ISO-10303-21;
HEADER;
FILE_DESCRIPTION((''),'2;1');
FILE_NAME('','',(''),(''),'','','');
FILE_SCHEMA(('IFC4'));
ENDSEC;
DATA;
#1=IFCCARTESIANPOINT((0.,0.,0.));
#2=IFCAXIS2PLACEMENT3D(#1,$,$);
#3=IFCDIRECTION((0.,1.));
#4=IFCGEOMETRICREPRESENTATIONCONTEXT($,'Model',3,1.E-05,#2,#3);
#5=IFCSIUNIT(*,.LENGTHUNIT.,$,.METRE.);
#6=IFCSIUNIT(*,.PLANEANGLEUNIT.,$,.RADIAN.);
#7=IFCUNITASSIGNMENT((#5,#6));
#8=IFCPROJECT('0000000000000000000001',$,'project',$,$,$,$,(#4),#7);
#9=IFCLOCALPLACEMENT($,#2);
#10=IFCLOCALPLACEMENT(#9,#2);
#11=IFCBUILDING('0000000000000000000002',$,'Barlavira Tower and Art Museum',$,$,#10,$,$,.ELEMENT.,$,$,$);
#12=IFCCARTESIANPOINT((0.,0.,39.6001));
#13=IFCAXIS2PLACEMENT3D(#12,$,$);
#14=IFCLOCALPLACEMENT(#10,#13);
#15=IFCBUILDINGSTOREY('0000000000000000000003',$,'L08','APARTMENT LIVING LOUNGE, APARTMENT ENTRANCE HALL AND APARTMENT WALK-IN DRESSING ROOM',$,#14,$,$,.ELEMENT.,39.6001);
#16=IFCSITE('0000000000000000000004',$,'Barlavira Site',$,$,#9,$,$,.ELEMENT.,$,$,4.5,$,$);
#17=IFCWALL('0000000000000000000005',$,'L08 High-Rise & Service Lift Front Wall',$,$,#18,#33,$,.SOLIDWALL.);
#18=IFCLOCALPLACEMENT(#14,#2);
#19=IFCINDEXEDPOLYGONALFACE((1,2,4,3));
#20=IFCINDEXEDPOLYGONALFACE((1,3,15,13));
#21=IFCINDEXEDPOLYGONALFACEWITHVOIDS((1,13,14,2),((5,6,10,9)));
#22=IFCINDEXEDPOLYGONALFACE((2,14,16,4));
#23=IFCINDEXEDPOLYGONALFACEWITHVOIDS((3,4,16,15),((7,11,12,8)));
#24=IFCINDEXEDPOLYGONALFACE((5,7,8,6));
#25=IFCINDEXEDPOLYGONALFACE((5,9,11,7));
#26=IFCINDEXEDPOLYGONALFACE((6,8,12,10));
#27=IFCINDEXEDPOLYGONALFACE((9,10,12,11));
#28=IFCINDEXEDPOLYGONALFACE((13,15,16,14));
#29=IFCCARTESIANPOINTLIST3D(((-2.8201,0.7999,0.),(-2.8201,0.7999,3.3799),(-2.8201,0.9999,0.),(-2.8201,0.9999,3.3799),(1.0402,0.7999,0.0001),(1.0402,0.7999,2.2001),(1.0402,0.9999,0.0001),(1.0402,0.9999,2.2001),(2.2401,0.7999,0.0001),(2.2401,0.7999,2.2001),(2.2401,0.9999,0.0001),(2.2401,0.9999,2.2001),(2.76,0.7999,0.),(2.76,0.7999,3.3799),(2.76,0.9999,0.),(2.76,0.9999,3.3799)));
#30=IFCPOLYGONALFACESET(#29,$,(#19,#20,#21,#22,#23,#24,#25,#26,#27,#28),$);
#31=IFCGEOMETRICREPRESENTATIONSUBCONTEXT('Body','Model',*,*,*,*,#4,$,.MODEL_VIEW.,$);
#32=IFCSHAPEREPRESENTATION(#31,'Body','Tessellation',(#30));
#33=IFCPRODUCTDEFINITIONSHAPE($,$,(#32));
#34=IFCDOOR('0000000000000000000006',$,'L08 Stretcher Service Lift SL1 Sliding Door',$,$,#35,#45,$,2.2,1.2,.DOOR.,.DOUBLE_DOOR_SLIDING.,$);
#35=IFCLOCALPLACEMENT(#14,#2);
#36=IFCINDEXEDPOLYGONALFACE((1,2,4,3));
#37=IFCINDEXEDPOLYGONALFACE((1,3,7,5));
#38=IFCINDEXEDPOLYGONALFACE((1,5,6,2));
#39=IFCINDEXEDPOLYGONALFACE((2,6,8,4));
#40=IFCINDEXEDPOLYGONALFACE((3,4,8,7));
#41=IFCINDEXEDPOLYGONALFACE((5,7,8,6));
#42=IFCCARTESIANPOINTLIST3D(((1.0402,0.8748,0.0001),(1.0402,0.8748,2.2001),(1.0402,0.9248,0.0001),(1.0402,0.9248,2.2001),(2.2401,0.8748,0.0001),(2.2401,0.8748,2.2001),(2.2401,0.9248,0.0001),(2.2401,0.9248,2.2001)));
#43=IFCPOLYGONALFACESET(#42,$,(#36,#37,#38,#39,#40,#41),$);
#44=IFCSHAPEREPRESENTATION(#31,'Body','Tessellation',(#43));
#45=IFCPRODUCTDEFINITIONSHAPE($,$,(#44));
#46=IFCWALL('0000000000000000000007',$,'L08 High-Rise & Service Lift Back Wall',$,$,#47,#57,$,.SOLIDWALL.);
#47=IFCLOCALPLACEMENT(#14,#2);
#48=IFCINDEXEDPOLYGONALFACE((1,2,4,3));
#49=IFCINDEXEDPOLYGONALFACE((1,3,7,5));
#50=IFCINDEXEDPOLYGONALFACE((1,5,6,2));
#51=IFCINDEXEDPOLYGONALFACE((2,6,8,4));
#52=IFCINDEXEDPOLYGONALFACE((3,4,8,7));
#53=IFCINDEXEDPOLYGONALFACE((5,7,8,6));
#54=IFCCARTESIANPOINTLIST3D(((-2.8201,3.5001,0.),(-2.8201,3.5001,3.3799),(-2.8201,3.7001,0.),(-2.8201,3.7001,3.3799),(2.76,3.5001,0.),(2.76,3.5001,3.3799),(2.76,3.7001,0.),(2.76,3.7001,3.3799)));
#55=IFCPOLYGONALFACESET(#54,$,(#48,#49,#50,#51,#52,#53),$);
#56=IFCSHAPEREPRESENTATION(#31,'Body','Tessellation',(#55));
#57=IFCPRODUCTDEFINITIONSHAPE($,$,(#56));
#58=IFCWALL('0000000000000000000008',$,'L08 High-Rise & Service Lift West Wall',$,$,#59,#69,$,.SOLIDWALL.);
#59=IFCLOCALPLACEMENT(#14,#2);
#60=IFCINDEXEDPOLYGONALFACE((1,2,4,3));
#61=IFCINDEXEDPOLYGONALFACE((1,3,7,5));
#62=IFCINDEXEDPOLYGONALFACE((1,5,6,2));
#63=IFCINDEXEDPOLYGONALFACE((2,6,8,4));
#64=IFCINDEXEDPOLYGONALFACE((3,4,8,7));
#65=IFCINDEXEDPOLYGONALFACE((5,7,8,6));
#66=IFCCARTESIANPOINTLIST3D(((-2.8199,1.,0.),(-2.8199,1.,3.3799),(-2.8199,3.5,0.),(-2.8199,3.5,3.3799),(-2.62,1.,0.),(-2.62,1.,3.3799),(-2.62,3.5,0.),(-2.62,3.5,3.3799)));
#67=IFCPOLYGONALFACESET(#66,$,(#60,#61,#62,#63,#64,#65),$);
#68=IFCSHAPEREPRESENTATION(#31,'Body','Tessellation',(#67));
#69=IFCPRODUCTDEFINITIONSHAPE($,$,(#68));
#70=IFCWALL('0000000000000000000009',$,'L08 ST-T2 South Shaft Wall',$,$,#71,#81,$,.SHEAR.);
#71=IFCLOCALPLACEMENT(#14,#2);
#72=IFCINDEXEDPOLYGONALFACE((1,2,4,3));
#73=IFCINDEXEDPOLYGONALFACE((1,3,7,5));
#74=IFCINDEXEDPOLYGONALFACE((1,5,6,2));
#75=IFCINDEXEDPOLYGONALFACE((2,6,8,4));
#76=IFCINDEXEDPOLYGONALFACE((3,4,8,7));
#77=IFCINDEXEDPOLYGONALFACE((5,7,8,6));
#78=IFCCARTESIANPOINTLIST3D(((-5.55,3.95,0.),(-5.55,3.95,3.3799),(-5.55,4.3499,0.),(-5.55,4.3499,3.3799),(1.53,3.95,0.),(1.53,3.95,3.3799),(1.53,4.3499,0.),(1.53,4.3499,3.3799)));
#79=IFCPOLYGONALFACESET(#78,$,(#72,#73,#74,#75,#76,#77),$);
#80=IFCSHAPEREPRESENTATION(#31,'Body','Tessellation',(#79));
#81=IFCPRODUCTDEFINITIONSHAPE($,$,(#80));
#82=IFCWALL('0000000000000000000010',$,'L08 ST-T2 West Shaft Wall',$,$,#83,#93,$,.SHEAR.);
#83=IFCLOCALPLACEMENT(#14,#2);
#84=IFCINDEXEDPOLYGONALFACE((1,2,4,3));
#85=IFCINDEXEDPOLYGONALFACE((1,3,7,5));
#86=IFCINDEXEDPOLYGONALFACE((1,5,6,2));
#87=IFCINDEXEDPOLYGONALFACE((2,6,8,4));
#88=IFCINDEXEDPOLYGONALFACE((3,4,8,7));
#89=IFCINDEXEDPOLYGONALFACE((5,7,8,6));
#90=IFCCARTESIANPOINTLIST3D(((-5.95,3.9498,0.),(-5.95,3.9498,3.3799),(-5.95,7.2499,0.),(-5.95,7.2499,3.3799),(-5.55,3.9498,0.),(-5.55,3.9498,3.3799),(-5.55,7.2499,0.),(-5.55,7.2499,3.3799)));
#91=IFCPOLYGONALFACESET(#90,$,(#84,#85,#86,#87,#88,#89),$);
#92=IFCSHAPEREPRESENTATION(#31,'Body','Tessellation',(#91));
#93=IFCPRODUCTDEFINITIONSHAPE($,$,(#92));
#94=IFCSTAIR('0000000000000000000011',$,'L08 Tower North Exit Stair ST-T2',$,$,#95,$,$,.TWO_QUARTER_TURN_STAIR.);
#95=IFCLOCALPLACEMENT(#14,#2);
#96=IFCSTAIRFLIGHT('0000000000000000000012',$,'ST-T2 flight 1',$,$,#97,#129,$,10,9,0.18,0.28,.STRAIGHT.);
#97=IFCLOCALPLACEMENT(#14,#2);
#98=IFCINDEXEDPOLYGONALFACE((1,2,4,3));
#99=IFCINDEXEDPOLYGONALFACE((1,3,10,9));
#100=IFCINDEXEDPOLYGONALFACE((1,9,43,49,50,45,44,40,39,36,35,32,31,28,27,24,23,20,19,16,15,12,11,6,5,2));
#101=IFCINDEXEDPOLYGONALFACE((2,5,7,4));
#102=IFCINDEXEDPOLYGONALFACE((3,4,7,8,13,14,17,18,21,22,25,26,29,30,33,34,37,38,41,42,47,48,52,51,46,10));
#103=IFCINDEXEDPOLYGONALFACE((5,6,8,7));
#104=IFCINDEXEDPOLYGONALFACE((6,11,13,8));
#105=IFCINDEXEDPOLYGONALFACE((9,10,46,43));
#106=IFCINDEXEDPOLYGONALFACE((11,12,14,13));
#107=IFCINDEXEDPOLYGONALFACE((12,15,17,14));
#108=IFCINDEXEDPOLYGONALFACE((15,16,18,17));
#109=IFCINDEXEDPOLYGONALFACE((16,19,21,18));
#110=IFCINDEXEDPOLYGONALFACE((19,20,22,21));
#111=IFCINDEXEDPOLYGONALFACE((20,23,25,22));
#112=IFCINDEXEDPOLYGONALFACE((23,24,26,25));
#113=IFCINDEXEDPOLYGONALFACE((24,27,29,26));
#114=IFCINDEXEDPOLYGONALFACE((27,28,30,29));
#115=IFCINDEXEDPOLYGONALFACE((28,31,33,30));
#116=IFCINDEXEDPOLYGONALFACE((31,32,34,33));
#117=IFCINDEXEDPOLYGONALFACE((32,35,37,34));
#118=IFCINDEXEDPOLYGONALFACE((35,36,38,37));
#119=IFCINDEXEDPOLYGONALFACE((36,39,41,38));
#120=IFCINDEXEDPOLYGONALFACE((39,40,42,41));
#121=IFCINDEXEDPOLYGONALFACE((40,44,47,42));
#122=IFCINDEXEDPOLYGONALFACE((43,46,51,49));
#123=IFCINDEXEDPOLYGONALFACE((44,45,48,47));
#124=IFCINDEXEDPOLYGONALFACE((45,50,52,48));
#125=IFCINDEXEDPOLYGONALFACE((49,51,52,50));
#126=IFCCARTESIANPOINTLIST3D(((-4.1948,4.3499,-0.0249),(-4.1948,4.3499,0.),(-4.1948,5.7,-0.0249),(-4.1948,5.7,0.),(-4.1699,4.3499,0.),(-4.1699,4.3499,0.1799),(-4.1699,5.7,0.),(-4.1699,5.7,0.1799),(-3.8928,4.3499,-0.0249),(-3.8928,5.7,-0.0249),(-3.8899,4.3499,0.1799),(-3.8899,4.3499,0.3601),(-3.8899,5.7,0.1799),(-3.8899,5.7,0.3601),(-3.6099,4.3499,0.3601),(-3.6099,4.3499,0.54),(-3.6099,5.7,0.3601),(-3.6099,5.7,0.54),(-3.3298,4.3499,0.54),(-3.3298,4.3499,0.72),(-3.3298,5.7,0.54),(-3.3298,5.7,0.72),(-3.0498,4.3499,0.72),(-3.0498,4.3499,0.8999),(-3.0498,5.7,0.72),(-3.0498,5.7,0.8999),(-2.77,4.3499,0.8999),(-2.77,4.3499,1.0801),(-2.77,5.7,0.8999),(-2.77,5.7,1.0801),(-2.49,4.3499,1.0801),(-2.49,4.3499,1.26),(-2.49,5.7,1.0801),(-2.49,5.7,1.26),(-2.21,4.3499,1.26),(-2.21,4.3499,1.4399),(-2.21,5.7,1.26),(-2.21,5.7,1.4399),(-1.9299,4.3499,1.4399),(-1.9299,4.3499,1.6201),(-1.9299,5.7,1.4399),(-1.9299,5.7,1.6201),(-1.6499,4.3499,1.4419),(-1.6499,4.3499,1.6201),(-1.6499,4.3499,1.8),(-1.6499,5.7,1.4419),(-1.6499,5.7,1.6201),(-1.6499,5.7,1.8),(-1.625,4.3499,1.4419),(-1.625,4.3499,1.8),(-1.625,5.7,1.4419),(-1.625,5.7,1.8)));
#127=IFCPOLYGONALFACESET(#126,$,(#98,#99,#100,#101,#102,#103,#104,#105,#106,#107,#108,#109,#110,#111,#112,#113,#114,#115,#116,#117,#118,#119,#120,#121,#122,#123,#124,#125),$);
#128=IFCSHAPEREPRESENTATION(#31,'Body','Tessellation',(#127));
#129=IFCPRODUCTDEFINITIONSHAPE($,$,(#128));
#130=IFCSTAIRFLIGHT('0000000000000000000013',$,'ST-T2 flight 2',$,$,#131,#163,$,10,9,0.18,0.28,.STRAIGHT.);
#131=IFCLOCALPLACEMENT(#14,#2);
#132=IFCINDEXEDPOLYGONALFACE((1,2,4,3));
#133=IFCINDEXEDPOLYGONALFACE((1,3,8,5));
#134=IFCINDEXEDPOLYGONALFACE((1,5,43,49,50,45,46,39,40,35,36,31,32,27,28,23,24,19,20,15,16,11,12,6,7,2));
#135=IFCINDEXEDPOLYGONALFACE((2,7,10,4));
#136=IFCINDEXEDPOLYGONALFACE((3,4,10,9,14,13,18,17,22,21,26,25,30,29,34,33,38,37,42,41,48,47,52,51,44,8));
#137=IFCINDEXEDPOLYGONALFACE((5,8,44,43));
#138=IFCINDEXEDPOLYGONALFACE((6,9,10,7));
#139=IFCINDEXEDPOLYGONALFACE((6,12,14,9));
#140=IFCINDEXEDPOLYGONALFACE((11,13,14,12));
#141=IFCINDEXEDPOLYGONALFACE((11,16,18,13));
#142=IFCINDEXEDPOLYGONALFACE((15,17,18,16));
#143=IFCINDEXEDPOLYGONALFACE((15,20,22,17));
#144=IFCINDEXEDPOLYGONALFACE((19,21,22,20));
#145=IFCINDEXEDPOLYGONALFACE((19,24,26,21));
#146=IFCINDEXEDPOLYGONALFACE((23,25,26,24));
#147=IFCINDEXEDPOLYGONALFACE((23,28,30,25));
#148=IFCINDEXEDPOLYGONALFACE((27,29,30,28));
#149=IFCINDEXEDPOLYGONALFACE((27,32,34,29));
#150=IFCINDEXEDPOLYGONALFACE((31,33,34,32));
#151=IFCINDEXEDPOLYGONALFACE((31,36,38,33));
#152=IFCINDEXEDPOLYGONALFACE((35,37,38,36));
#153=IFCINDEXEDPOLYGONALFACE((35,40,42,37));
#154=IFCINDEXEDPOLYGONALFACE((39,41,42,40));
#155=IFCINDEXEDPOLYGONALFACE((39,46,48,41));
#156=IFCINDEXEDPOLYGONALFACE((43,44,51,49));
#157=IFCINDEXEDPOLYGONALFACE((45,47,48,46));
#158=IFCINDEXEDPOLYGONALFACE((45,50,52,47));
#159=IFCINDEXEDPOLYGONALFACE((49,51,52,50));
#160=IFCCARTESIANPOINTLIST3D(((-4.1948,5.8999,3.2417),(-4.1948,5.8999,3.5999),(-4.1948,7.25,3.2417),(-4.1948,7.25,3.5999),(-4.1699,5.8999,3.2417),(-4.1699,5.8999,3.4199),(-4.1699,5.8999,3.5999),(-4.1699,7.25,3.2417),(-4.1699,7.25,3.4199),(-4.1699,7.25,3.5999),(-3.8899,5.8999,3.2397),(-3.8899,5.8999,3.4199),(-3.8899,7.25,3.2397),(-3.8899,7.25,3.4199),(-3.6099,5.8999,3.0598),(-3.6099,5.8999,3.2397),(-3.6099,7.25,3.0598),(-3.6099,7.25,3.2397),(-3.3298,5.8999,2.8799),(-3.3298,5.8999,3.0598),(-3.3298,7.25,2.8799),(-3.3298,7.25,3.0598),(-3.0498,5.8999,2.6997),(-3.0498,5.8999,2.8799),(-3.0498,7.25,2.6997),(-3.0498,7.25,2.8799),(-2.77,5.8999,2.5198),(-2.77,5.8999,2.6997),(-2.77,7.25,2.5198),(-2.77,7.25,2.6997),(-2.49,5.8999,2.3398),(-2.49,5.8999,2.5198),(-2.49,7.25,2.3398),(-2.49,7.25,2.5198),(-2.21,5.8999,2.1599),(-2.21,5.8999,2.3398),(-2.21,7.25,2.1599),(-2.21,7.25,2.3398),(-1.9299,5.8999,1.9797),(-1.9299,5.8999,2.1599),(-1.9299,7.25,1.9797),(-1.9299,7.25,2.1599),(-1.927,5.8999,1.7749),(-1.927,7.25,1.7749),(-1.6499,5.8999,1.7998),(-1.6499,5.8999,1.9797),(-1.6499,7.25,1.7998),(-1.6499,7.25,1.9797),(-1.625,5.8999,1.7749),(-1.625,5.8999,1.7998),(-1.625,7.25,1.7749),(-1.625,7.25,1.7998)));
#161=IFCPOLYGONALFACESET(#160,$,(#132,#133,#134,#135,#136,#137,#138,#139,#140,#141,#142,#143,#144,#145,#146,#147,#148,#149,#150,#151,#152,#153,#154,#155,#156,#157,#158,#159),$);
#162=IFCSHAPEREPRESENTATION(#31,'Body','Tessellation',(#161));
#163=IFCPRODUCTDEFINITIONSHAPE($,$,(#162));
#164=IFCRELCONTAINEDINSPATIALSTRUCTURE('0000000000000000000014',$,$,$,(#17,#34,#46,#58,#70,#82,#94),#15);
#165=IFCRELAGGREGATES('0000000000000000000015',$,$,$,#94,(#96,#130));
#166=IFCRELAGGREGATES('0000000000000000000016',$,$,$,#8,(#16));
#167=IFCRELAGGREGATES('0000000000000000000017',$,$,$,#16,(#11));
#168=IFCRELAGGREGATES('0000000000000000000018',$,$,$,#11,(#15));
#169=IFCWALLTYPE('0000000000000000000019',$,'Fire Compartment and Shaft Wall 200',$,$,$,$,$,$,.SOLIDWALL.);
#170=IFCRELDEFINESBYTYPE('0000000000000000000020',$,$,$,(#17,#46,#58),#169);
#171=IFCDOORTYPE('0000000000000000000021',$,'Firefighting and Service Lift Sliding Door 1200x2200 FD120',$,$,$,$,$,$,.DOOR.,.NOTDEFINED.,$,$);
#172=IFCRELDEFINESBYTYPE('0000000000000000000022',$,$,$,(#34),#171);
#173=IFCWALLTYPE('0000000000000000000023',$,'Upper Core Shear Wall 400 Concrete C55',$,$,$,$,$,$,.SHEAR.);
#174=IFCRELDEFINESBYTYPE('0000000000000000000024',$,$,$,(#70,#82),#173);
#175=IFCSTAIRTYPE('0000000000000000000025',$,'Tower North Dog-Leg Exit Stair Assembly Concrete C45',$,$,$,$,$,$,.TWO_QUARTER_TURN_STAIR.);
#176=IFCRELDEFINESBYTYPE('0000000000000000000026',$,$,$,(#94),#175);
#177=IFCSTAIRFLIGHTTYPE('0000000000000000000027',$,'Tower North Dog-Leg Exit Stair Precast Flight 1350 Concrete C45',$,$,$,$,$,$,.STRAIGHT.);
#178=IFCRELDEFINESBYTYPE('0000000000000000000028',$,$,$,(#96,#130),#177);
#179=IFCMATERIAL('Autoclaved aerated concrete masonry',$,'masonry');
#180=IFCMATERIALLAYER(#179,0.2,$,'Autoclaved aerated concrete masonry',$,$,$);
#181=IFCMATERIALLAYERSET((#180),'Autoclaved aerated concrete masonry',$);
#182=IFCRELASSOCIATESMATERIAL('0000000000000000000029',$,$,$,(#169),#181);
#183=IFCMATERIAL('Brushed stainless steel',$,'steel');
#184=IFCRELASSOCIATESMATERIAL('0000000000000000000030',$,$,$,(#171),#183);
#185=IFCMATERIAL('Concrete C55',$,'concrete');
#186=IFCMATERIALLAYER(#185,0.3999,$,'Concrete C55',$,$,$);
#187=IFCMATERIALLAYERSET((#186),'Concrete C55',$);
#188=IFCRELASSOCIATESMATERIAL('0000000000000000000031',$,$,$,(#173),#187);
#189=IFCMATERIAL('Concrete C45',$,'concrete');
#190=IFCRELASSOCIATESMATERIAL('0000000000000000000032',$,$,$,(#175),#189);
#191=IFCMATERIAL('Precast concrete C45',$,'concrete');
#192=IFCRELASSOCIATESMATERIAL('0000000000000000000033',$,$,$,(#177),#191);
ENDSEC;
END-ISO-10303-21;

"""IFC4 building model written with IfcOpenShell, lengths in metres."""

from ifc_helpers import new_model, si_unit, direction, frame, frame_2d, origin, place, context, subcontext, project, spatial, polyline, rectangle, outline, extrude, material, layer, layer_set, type_object, element, fill, aggregate, save


model = new_model("IFC4")

# Units and contexts
model_context = context("Model", 3, precision=1e-05, world=origin(), true_north=direction((0.0, 1.0)))
body_context = subcontext(model_context, "Body", "Model", "MODEL_VIEW")
ifc_project = project(units=[si_unit("LENGTHUNIT", "METRE"), si_unit("PLANEANGLEUNIT", "RADIAN")], contexts=[model_context])

# Site, building, storey
site_placement = place(None, origin())
site = spatial("IfcSite", under=ifc_project, at=site_placement, Name="Barlavira Site", CompositionType="ELEMENT", RefElevation=4.5)
building_placement = place(site_placement, origin())
building = spatial("IfcBuilding", under=site, at=building_placement, Name="Barlavira Tower and Art Museum", CompositionType="ELEMENT")
storey_placement = place(building_placement, frame((0.0, 0.0, 39.6001)))
storey = spatial("IfcBuildingStorey", under=building, at=storey_placement, Name="L08", Description="APARTMENT LIVING LOUNGE, APARTMENT ENTRANCE HALL AND APARTMENT WALK-IN DRESSING ROOM", CompositionType="ELEMENT", Elevation=39.6001)

# Wall, opening, door
ifc_material_1 = material(Name="Autoclaved aerated concrete masonry", Category="masonry")
ifc_layer_1 = layer(ifc_material_1, 0.2, Name="Autoclaved aerated concrete masonry")
ifc_layer_set_1 = layer_set([ifc_layer_1], Name="Autoclaved aerated concrete masonry")
wall_type_1 = type_object("IfcWallType", Name="Fire Compartment and Shaft Wall 200", PredefinedType="SOLIDWALL", material=ifc_layer_set_1)
wall_1_placement = place(storey_placement, frame((-2.8201, 0.8999, 0.0), z_axis=(0.0, 0.0, 1.0), x_axis=(1.0, 0.0, 0.0)))
wall_1 = element("IfcWall", 1, at=wall_1_placement, inside=storey, type_object=wall_type_1, Name="L08 High-Rise & Service Lift Front Wall", PredefinedType="SOLIDWALL", context=body_context, shape_type="SweptSolid", body=[
    extrude(rectangle(XDim=5.5801, YDim=0.2, at=frame_2d((2.79, 0.0))), origin(), (0.0, 0.0, 1.0), 3.3799),
])
opening_placement = place(wall_1_placement, frame((3.8601, 0.0, 0.0)))
opening = element("IfcOpeningElement", 2, at=opening_placement, cuts=wall_1, PredefinedType="OPENING", context=body_context, shape_type="SweptSolid", body=[
    extrude(rectangle(XDim=1.2, YDim=2.2, at=frame_2d((0.6001, 1.1001))), frame((0.0, 0.1099, 0.0), z_axis=(0.0, -1.0, 0.0), x_axis=(1.0, 0.0, 0.0)), (0.0, 0.0, 1.0), 0.22),
])
ifc_material_2 = material(Name="Brushed stainless steel", Category="steel")
door_type = type_object("IfcDoorType", Name="Firefighting and Service Lift Sliding Door 1200x2200 FD120", OperationType="NOTDEFINED", PredefinedType="DOOR", material=ifc_material_2)
door_placement = place(opening_placement, origin())
door = element("IfcDoor", 3, at=door_placement, inside=storey, type_object=door_type, Name="L08 Stretcher Service Lift SL1 Sliding Door", OperationType="DOUBLE_DOOR_SLIDING", OverallHeight=2.2, OverallWidth=1.2, PredefinedType="DOOR", context=body_context, shape_type="SweptSolid", body=[
    extrude(rectangle(XDim=1.2, YDim=2.2, at=frame_2d((0.6001, 1.1001))), frame((0.0, 0.0249, 0.0), z_axis=(0.0, -1.0, 0.0), x_axis=(1.0, 0.0, 0.0)), (0.0, 0.0, 1.0), 0.05),
])
fill(opening, door)

# Walls
wall_2_placement = place(storey_placement, frame((-2.8201, 3.6001, 0.0), z_axis=(0.0, 0.0, 1.0), x_axis=(1.0, 0.0, 0.0)))
element("IfcWall", 4, at=wall_2_placement, inside=storey, type_object=wall_type_1, Name="L08 High-Rise & Service Lift Back Wall", PredefinedType="SOLIDWALL", context=body_context, shape_type="SweptSolid", body=[
    extrude(rectangle(XDim=5.5801, YDim=0.2, at=frame_2d((2.79, 0.0))), origin(), (0.0, 0.0, 1.0), 3.3799),
])
wall_3_placement = place(storey_placement, frame((-2.72, 1.0, 0.0), z_axis=(0.0, 0.0, 1.0), x_axis=(0.0, 1.0, 0.0)))
element("IfcWall", 5, at=wall_3_placement, inside=storey, type_object=wall_type_1, Name="L08 High-Rise & Service Lift West Wall", PredefinedType="SOLIDWALL", context=body_context, shape_type="SweptSolid", body=[
    extrude(rectangle(XDim=2.5, YDim=0.2, at=frame_2d((1.25, 0.0))), origin(), (0.0, 0.0, 1.0), 3.3799),
])
ifc_material_3 = material(Name="Concrete C55", Category="concrete")
ifc_layer_2 = layer(ifc_material_3, 0.3999, Name="Concrete C55")
ifc_layer_set_2 = layer_set([ifc_layer_2], Name="Concrete C55")
wall_type_2 = type_object("IfcWallType", Name="Upper Core Shear Wall 400 Concrete C55", PredefinedType="SHEAR", material=ifc_layer_set_2)
wall_4_placement = place(storey_placement, frame((-5.55, 4.1499, 0.0), z_axis=(0.0, 0.0, 1.0), x_axis=(1.0, 0.0, 0.0)))
element("IfcWall", 6, at=wall_4_placement, inside=storey, type_object=wall_type_2, Name="L08 ST-T2 South Shaft Wall", PredefinedType="SHEAR", context=body_context, shape_type="SweptSolid", body=[
    extrude(rectangle(XDim=7.0801, YDim=0.3999, at=frame_2d((3.54, 0.0))), origin(), (0.0, 0.0, 1.0), 3.3799),
])
wall_5_placement = place(storey_placement, frame((-5.75, 3.95, 0.0), z_axis=(0.0, 0.0, 1.0), x_axis=(0.0, 1.0, 0.0)))
element("IfcWall", 7, at=wall_5_placement, inside=storey, type_object=wall_type_2, Name="L08 ST-T2 West Shaft Wall", PredefinedType="SHEAR", context=body_context, shape_type="SweptSolid", body=[
    extrude(rectangle(XDim=3.3, YDim=0.3999, at=frame_2d((1.6499, 0.0))), origin(), (0.0, 0.0, 1.0), 3.3799),
])

# Stair, stair flights
ifc_material_4 = material(Name="Concrete C45", Category="concrete")
stair_type = type_object("IfcStairType", Name="Tower North Dog-Leg Exit Stair Assembly Concrete C45", PredefinedType="TWO_QUARTER_TURN_STAIR", material=ifc_material_4)
stair_placement = place(storey_placement, origin())
stair = element("IfcStair", 8, at=stair_placement, inside=storey, type_object=stair_type, Name="L08 Tower North Exit Stair ST-T2", PredefinedType="TWO_QUARTER_TURN_STAIR")
ifc_material_5 = material(Name="Precast concrete C45", Category="concrete")
stair_flight_type = type_object("IfcStairFlightType", Name="Tower North Dog-Leg Exit Stair Precast Flight 1350 Concrete C45", PredefinedType="STRAIGHT", material=ifc_material_5)
stair_flight_1_placement = place(storey_placement, frame((-4.1699, 5.0249, 0.0), z_axis=(0.0, 0.0, 1.0), x_axis=(1.0, 0.0, 0.0)))
stair_flight_1 = element("IfcStairFlight", 9, at=stair_flight_1_placement, type_object=stair_flight_type, Name="ST-T2 flight 1", NumberOfRisers=10, NumberOfTreads=9, PredefinedType="STRAIGHT", RiserHeight=0.18, TreadLength=0.28, context=body_context, shape_type="SweptSolid", body=[
    extrude(outline(polyline([(-0.0249, 0.0), (0.0, 0.0), (0.0, 0.1799), (0.28, 0.1799), (0.28, 0.3601), (0.5601, 0.3601), (0.5601, 0.54), (0.8401, 0.54), (0.8401, 0.72), (1.1201, 0.72), (1.1201, 0.8999), (1.3999, 0.8999), (1.3999, 1.0801), (1.6799, 1.0801), (1.6799, 1.26), (1.96, 1.26), (1.96, 1.4399), (2.24, 1.4399), (2.24, 1.6201), (2.52, 1.6201), (2.52, 1.8), (2.5449, 1.8), (2.5449, 1.4419), (2.52, 1.4419), (0.2771, -0.0249), (-0.0249, -0.0249), (-0.0249, 0.0)])), frame((0.0, 0.675, 0.0), z_axis=(0.0, -1.0, 0.0), x_axis=(1.0, 0.0, 0.0)), (0.0, 0.0, 1.0), 1.3501),
])
stair_flight_2_placement = place(storey_placement, frame((-1.6499, 6.575, 1.7998), z_axis=(0.0, 0.0, 1.0), x_axis=(-1.0, 0.0, 0.0)))
stair_flight_2 = element("IfcStairFlight", 10, at=stair_flight_2_placement, type_object=stair_flight_type, Name="ST-T2 flight 2", NumberOfRisers=10, NumberOfTreads=9, PredefinedType="STRAIGHT", RiserHeight=0.18, TreadLength=0.28, context=body_context, shape_type="SweptSolid", body=[
    extrude(outline(polyline([(-0.0249, 0.0), (0.0, 0.0), (0.0, 0.1799), (0.28, 0.1799), (0.28, 0.3601), (0.5601, 0.3601), (0.5601, 0.54), (0.8401, 0.54), (0.8401, 0.72), (1.1201, 0.72), (1.1201, 0.8999), (1.3999, 0.8999), (1.3999, 1.0801), (1.6799, 1.0801), (1.6799, 1.26), (1.96, 1.26), (1.96, 1.4399), (2.24, 1.4399), (2.24, 1.6201), (2.52, 1.6201), (2.52, 1.8), (2.5449, 1.8), (2.5449, 1.4419), (2.52, 1.4419), (0.2771, -0.0249), (-0.0249, -0.0249), (-0.0249, 0.0)])), frame((0.0, 0.675, 0.0), z_axis=(0.0, -1.0, 0.0), x_axis=(1.0, 0.0, 0.0)), (0.0, 0.0, 1.0), 1.3501),
])
aggregate(stair, [stair_flight_1, stair_flight_2])

save(model, "model.ifc")
